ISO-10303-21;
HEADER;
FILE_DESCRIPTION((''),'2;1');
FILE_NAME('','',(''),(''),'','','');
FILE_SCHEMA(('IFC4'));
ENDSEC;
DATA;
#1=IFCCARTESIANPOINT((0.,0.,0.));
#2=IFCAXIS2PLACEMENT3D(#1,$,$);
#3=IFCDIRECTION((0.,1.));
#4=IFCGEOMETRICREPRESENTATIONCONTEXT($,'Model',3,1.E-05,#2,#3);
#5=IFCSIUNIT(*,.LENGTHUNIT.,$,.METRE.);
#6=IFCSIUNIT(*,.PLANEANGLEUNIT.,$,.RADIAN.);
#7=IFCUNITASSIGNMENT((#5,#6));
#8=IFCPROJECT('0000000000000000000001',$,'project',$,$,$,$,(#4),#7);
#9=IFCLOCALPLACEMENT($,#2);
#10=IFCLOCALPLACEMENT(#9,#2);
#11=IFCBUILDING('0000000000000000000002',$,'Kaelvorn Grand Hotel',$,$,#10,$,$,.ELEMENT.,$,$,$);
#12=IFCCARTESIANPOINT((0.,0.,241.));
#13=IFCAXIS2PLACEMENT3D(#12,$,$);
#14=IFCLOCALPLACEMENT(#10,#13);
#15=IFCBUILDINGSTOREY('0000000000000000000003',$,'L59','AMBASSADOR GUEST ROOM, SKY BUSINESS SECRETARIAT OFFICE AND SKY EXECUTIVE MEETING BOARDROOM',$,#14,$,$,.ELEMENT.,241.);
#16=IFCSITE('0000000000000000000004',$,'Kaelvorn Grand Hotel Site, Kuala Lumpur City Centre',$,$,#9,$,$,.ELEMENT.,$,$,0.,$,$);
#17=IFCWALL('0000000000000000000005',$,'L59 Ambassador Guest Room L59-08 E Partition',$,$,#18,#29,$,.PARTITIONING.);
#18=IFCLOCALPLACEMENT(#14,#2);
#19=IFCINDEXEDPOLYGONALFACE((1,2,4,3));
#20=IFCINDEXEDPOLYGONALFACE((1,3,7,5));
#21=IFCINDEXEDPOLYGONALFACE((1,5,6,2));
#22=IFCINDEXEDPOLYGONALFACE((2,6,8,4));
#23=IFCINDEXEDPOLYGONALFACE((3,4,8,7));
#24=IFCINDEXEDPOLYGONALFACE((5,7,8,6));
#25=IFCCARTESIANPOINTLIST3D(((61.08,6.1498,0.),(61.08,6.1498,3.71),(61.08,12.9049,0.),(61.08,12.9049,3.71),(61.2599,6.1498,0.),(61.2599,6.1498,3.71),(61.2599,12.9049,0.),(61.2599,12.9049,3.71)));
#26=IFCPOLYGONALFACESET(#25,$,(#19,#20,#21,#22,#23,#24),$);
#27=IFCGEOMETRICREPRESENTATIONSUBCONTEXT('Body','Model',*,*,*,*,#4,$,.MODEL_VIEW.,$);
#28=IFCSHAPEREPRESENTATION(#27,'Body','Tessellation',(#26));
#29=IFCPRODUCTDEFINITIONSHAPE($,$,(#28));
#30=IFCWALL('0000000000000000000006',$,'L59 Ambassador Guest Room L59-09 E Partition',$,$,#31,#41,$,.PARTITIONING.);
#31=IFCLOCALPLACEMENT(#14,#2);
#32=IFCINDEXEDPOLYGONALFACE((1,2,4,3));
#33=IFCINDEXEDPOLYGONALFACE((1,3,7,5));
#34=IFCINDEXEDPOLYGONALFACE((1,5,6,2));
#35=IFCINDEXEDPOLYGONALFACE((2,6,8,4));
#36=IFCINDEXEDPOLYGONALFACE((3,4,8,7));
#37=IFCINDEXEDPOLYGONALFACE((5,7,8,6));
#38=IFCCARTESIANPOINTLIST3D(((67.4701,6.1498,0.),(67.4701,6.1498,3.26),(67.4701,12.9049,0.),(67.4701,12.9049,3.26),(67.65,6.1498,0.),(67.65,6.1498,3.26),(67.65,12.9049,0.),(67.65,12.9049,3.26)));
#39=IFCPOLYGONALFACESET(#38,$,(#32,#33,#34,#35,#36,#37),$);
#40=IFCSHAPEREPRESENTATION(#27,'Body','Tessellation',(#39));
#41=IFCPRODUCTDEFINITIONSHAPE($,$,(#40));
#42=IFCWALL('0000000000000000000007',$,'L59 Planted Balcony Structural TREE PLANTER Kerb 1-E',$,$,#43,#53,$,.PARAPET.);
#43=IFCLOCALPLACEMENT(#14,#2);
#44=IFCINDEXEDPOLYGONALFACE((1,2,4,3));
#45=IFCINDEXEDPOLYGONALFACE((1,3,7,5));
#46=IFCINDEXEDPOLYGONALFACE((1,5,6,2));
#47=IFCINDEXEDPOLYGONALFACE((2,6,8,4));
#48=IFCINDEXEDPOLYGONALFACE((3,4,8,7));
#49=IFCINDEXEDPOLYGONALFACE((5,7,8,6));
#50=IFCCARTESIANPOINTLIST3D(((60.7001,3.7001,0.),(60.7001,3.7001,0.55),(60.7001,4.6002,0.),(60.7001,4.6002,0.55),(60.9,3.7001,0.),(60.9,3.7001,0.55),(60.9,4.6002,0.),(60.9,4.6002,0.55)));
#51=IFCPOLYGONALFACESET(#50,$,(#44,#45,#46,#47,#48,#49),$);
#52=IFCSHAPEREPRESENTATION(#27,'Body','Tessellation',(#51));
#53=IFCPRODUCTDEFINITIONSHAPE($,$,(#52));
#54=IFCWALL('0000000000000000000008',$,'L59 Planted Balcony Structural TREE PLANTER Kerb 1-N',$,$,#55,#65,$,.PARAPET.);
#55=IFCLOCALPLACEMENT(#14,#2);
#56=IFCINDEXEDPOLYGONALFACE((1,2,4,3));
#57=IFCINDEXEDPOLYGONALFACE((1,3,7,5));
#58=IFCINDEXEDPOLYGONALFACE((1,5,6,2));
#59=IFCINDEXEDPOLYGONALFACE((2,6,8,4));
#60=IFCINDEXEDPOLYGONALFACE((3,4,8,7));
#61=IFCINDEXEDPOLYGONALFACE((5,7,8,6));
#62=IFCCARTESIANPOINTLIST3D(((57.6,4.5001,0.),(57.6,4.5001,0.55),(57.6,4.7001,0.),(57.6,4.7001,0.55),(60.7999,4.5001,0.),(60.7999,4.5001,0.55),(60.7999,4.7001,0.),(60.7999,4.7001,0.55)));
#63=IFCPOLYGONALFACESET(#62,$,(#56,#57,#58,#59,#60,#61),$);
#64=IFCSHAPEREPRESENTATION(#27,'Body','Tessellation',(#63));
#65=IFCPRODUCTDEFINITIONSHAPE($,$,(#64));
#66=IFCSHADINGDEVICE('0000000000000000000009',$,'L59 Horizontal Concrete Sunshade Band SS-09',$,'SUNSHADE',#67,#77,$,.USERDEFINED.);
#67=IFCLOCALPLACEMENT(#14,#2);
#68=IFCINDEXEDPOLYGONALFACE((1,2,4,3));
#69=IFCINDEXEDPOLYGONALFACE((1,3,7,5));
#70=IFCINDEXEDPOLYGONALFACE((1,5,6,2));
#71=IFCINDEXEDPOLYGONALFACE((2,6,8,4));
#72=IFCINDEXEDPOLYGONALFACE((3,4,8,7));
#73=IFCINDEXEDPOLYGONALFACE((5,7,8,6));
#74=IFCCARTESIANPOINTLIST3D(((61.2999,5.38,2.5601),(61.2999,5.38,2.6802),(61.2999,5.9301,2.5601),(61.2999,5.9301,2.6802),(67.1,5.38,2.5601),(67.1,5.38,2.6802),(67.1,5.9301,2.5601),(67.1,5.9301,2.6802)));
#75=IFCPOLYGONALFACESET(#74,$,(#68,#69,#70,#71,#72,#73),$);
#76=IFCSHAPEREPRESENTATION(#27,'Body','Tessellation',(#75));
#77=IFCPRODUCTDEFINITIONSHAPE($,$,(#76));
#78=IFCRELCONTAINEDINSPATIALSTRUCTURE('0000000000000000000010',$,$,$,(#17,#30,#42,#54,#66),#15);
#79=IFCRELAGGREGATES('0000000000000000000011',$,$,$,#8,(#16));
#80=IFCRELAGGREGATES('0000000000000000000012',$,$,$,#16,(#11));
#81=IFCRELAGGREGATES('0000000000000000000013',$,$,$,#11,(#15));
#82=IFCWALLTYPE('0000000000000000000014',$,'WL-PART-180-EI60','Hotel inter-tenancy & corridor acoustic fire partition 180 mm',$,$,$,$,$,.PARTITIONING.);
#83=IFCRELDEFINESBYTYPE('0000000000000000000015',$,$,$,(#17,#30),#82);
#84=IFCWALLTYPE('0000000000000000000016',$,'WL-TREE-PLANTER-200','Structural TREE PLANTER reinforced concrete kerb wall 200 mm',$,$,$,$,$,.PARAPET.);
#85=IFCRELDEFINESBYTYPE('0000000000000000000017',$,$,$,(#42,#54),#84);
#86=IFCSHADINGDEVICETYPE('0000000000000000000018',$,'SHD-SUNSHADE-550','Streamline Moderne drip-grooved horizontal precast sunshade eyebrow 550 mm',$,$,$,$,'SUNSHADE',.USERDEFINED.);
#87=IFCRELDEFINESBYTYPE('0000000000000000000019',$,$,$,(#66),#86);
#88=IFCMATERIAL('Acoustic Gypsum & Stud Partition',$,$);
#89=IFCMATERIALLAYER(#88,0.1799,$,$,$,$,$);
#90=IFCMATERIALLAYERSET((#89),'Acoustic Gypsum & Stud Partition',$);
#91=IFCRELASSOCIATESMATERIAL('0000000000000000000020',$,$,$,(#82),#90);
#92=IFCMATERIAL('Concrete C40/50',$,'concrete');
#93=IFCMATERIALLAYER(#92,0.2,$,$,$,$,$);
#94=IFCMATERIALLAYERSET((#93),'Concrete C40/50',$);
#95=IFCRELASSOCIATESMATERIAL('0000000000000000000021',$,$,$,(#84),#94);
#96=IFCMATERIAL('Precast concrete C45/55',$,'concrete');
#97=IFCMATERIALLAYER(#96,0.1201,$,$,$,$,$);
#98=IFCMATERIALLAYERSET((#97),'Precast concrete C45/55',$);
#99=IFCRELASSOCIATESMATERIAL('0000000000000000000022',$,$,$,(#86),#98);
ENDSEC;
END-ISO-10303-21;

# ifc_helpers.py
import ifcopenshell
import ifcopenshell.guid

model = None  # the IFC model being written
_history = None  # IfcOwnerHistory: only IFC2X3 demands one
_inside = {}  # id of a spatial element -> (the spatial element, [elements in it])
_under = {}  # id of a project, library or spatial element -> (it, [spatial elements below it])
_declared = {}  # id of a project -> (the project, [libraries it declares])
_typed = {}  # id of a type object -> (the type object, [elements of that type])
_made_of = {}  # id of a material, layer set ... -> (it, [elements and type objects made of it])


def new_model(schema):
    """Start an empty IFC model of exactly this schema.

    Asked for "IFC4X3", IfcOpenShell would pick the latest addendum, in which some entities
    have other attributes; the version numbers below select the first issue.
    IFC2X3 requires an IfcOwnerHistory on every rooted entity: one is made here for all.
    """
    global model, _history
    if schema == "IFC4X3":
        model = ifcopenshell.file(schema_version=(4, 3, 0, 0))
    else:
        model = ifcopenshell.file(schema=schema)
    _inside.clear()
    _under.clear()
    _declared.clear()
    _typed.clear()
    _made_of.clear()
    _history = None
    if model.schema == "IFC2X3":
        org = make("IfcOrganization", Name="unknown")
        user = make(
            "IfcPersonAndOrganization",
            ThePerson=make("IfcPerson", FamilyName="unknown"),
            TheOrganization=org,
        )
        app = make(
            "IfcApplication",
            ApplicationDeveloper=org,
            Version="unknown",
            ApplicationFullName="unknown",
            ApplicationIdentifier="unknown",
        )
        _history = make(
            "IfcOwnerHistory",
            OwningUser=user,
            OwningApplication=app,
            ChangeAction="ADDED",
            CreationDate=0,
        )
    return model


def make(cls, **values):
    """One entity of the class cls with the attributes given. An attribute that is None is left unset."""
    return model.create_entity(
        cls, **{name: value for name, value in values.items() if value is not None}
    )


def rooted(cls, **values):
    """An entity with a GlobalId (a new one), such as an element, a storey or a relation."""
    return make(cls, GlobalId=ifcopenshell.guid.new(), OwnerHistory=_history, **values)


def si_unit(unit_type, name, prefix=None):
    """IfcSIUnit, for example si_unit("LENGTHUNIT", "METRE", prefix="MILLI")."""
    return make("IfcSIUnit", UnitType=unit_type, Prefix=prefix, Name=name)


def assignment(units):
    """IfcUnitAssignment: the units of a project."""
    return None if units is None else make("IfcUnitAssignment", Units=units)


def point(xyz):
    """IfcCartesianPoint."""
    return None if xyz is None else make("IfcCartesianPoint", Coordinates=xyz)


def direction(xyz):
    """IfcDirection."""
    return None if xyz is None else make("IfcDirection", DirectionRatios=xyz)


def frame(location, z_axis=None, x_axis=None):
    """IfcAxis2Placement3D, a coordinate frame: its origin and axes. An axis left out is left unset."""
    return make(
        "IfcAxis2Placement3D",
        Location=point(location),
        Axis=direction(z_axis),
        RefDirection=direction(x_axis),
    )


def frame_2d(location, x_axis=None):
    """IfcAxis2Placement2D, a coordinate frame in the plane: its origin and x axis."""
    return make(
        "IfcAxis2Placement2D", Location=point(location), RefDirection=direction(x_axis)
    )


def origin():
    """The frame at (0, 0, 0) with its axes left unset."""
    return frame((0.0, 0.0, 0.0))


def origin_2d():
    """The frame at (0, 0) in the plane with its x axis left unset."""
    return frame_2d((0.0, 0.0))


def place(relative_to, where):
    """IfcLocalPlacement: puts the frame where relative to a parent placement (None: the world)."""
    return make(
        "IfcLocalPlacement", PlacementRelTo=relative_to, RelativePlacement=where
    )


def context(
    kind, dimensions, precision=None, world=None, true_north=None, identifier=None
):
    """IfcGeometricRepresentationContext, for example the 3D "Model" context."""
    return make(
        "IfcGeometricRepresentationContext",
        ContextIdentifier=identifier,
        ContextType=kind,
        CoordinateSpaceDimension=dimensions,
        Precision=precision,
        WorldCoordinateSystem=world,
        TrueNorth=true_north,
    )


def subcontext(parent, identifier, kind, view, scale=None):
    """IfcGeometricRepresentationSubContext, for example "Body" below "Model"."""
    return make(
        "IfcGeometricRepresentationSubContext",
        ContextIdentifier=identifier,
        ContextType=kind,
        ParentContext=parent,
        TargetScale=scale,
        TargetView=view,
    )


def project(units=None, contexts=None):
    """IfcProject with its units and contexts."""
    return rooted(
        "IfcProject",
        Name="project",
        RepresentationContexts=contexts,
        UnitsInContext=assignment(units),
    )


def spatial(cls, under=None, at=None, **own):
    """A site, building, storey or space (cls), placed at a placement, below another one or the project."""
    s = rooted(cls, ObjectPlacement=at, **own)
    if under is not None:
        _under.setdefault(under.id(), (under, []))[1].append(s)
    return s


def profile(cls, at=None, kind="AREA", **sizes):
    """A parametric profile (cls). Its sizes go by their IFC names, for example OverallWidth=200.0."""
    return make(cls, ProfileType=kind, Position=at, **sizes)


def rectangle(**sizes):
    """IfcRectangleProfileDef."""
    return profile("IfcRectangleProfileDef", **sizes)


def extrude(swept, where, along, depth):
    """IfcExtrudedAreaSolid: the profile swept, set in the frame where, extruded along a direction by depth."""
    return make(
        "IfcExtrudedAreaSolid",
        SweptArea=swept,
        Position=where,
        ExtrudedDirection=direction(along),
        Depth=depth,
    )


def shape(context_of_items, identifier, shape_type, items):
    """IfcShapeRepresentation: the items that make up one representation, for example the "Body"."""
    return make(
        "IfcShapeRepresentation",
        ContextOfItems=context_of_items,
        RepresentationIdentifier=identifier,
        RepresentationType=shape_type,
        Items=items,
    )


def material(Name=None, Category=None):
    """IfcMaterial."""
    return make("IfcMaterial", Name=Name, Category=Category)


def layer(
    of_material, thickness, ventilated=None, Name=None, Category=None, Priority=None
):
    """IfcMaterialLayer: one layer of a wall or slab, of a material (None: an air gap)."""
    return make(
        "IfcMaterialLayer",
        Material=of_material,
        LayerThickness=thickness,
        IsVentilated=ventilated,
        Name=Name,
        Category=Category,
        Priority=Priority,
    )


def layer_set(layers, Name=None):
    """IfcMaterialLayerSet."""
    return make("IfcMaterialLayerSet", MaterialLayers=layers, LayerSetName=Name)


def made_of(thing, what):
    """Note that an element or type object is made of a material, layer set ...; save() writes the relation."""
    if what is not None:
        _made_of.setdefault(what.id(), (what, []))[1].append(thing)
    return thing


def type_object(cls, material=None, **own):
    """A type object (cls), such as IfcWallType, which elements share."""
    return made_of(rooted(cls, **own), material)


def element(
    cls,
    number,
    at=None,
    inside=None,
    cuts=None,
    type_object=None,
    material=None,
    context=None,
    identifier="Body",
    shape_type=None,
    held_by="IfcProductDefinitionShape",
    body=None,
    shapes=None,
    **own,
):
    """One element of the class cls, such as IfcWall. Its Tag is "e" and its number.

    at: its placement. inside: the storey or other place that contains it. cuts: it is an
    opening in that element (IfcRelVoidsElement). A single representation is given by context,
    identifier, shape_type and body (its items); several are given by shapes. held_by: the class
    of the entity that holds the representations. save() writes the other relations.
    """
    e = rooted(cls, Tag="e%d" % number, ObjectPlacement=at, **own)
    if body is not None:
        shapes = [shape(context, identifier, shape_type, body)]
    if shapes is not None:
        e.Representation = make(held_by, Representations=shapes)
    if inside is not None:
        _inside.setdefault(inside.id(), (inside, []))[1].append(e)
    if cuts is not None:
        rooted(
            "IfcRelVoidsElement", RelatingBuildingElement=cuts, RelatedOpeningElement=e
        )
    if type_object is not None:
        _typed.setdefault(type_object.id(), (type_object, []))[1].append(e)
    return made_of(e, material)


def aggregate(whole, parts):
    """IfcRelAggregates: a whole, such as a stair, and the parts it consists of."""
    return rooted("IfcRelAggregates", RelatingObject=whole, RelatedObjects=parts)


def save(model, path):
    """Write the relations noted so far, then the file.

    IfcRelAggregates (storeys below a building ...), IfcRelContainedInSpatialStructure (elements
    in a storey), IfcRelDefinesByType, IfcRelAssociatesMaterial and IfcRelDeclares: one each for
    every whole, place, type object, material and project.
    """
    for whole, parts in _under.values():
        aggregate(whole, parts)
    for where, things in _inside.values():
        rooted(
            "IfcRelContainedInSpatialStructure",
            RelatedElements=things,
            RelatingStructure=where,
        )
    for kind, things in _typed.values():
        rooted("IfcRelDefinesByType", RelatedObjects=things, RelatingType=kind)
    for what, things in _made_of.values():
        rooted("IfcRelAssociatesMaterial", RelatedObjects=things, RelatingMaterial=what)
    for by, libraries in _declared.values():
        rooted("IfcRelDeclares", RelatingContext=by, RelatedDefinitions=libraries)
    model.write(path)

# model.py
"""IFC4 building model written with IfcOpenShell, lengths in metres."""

from ifc_helpers import new_model, si_unit, direction, frame, frame_2d, origin, origin_2d, place, context, subcontext, project, spatial, rectangle, extrude, material, layer, layer_set, type_object, element, save


model = new_model("IFC4")

# Units and contexts
model_context = context("Model", 3, precision=1e-05, world=origin(), true_north=direction((0.0, 1.0)))
body_context = subcontext(model_context, "Body", "Model", "MODEL_VIEW")
ifc_project = project(units=[si_unit("LENGTHUNIT", "METRE"), si_unit("PLANEANGLEUNIT", "RADIAN")], contexts=[model_context])

# Site, building, storey
site_placement = place(None, origin())
site = spatial("IfcSite", under=ifc_project, at=site_placement, Name="Kaelvorn Grand Hotel Site, Kuala Lumpur City Centre", CompositionType="ELEMENT", RefElevation=0.0)
building_placement = place(site_placement, origin())
building = spatial("IfcBuilding", under=site, at=building_placement, Name="Kaelvorn Grand Hotel", CompositionType="ELEMENT")
storey_placement = place(building_placement, frame((0.0, 0.0, 241.0)))
storey = spatial("IfcBuildingStorey", under=building, at=storey_placement, Name="L59", Description="AMBASSADOR GUEST ROOM, SKY BUSINESS SECRETARIAT OFFICE AND SKY EXECUTIVE MEETING BOARDROOM", CompositionType="ELEMENT", Elevation=241.0)

# Shared definitions
ifc_material_1 = material(Name="Concrete C40/50", Category="concrete")

# Shared definitions
ifc_material_2 = material(Name="Precast concrete C45/55", Category="concrete")

# Walls
ifc_material_3 = material(Name="Acoustic Gypsum & Stud Partition")
ifc_layer_1 = layer(ifc_material_3, 0.1799)
ifc_layer_set_1 = layer_set([ifc_layer_1], Name="Acoustic Gypsum & Stud Partition")
wall_type_1 = type_object("IfcWallType", Name="WL-PART-180-EI60", Description="Hotel inter-tenancy & corridor acoustic fire partition 180 mm", PredefinedType="PARTITIONING", material=ifc_layer_set_1)
wall_1_placement = place(storey_placement, frame((61.1699, 6.1499, 0.0), z_axis=(0.0, 0.0, 1.0), x_axis=(0.0, 1.0, 0.0)))
element("IfcWall", 1, at=wall_1_placement, inside=storey, type_object=wall_type_1, Name="L59 Ambassador Guest Room L59-08 E Partition", PredefinedType="PARTITIONING", context=body_context, shape_type="SweptSolid", body=[
    extrude(rectangle(XDim=6.7551, YDim=0.1799, at=frame_2d((3.3774, 0.0))), origin(), (0.0, 0.0, 1.0), 3.71),
])
wall_2_placement = place(storey_placement, frame((67.5601, 6.1499, 0.0), z_axis=(0.0, 0.0, 1.0), x_axis=(0.0, 1.0, 0.0)))
element("IfcWall", 2, at=wall_2_placement, inside=storey, type_object=wall_type_1, Name="L59 Ambassador Guest Room L59-09 E Partition", PredefinedType="PARTITIONING", context=body_context, shape_type="SweptSolid", body=[
    extrude(rectangle(XDim=6.7551, YDim=0.1799, at=frame_2d((3.3774, 0.0))), origin(), (0.0, 0.0, 1.0), 3.26),
])
ifc_layer_2 = layer(ifc_material_1, 0.2)
ifc_layer_set_2 = layer_set([ifc_layer_2], Name="Concrete C40/50")
wall_type_2 = type_object("IfcWallType", Name="WL-TREE-PLANTER-200", Description="Structural TREE PLANTER reinforced concrete kerb wall 200 mm", PredefinedType="PARAPET", material=ifc_layer_set_2)
wall_3_placement = place(storey_placement, frame((60.8, 3.7, 0.0), z_axis=(0.0, 0.0, 1.0), x_axis=(0.0, 1.0, 0.0)))
element("IfcWall", 3, at=wall_3_placement, inside=storey, type_object=wall_type_2, Name="L59 Planted Balcony Structural TREE PLANTER Kerb 1-E", PredefinedType="PARAPET", context=body_context, shape_type="SweptSolid", body=[
    extrude(rectangle(XDim=0.9001, YDim=0.2, at=frame_2d((0.4502, 0.0))), origin(), (0.0, 0.0, 1.0), 0.55),
])
wall_4_placement = place(storey_placement, frame((60.8, 4.6001, 0.0), z_axis=(0.0, 0.0, 1.0), x_axis=(-1.0, 0.0, 0.0)))
element("IfcWall", 4, at=wall_4_placement, inside=storey, type_object=wall_type_2, Name="L59 Planted Balcony Structural TREE PLANTER Kerb 1-N", PredefinedType="PARAPET", context=body_context, shape_type="SweptSolid", body=[
    extrude(rectangle(XDim=3.2, YDim=0.2, at=frame_2d((1.6001, 0.0))), origin(), (0.0, 0.0, 1.0), 0.55),
])

# Shading device
ifc_layer_3 = layer(ifc_material_2, 0.1201)
ifc_layer_set_3 = layer_set([ifc_layer_3], Name="Precast concrete C45/55")
shading_device_type = type_object("IfcShadingDeviceType", Name="SHD-SUNSHADE-550", Description="Streamline Moderne drip-grooved horizontal precast sunshade eyebrow 550 mm", ElementType="SUNSHADE", PredefinedType="USERDEFINED", material=ifc_layer_set_3)
shading_device_placement = place(storey_placement, frame((64.2, 5.655, 2.5601), z_axis=(0.0, 0.0, 1.0), x_axis=(1.0, 0.0, 0.0)))
element("IfcShadingDevice", 5, at=shading_device_placement, inside=storey, type_object=shading_device_type, Name="L59 Horizontal Concrete Sunshade Band SS-09", ObjectType="SUNSHADE", PredefinedType="USERDEFINED", context=body_context, shape_type="SweptSolid", body=[
    extrude(rectangle(XDim=5.8, YDim=0.55, at=origin_2d()), origin(), (0.0, 0.0, 1.0), 0.1201),
])

save(model, "model.ifc")
